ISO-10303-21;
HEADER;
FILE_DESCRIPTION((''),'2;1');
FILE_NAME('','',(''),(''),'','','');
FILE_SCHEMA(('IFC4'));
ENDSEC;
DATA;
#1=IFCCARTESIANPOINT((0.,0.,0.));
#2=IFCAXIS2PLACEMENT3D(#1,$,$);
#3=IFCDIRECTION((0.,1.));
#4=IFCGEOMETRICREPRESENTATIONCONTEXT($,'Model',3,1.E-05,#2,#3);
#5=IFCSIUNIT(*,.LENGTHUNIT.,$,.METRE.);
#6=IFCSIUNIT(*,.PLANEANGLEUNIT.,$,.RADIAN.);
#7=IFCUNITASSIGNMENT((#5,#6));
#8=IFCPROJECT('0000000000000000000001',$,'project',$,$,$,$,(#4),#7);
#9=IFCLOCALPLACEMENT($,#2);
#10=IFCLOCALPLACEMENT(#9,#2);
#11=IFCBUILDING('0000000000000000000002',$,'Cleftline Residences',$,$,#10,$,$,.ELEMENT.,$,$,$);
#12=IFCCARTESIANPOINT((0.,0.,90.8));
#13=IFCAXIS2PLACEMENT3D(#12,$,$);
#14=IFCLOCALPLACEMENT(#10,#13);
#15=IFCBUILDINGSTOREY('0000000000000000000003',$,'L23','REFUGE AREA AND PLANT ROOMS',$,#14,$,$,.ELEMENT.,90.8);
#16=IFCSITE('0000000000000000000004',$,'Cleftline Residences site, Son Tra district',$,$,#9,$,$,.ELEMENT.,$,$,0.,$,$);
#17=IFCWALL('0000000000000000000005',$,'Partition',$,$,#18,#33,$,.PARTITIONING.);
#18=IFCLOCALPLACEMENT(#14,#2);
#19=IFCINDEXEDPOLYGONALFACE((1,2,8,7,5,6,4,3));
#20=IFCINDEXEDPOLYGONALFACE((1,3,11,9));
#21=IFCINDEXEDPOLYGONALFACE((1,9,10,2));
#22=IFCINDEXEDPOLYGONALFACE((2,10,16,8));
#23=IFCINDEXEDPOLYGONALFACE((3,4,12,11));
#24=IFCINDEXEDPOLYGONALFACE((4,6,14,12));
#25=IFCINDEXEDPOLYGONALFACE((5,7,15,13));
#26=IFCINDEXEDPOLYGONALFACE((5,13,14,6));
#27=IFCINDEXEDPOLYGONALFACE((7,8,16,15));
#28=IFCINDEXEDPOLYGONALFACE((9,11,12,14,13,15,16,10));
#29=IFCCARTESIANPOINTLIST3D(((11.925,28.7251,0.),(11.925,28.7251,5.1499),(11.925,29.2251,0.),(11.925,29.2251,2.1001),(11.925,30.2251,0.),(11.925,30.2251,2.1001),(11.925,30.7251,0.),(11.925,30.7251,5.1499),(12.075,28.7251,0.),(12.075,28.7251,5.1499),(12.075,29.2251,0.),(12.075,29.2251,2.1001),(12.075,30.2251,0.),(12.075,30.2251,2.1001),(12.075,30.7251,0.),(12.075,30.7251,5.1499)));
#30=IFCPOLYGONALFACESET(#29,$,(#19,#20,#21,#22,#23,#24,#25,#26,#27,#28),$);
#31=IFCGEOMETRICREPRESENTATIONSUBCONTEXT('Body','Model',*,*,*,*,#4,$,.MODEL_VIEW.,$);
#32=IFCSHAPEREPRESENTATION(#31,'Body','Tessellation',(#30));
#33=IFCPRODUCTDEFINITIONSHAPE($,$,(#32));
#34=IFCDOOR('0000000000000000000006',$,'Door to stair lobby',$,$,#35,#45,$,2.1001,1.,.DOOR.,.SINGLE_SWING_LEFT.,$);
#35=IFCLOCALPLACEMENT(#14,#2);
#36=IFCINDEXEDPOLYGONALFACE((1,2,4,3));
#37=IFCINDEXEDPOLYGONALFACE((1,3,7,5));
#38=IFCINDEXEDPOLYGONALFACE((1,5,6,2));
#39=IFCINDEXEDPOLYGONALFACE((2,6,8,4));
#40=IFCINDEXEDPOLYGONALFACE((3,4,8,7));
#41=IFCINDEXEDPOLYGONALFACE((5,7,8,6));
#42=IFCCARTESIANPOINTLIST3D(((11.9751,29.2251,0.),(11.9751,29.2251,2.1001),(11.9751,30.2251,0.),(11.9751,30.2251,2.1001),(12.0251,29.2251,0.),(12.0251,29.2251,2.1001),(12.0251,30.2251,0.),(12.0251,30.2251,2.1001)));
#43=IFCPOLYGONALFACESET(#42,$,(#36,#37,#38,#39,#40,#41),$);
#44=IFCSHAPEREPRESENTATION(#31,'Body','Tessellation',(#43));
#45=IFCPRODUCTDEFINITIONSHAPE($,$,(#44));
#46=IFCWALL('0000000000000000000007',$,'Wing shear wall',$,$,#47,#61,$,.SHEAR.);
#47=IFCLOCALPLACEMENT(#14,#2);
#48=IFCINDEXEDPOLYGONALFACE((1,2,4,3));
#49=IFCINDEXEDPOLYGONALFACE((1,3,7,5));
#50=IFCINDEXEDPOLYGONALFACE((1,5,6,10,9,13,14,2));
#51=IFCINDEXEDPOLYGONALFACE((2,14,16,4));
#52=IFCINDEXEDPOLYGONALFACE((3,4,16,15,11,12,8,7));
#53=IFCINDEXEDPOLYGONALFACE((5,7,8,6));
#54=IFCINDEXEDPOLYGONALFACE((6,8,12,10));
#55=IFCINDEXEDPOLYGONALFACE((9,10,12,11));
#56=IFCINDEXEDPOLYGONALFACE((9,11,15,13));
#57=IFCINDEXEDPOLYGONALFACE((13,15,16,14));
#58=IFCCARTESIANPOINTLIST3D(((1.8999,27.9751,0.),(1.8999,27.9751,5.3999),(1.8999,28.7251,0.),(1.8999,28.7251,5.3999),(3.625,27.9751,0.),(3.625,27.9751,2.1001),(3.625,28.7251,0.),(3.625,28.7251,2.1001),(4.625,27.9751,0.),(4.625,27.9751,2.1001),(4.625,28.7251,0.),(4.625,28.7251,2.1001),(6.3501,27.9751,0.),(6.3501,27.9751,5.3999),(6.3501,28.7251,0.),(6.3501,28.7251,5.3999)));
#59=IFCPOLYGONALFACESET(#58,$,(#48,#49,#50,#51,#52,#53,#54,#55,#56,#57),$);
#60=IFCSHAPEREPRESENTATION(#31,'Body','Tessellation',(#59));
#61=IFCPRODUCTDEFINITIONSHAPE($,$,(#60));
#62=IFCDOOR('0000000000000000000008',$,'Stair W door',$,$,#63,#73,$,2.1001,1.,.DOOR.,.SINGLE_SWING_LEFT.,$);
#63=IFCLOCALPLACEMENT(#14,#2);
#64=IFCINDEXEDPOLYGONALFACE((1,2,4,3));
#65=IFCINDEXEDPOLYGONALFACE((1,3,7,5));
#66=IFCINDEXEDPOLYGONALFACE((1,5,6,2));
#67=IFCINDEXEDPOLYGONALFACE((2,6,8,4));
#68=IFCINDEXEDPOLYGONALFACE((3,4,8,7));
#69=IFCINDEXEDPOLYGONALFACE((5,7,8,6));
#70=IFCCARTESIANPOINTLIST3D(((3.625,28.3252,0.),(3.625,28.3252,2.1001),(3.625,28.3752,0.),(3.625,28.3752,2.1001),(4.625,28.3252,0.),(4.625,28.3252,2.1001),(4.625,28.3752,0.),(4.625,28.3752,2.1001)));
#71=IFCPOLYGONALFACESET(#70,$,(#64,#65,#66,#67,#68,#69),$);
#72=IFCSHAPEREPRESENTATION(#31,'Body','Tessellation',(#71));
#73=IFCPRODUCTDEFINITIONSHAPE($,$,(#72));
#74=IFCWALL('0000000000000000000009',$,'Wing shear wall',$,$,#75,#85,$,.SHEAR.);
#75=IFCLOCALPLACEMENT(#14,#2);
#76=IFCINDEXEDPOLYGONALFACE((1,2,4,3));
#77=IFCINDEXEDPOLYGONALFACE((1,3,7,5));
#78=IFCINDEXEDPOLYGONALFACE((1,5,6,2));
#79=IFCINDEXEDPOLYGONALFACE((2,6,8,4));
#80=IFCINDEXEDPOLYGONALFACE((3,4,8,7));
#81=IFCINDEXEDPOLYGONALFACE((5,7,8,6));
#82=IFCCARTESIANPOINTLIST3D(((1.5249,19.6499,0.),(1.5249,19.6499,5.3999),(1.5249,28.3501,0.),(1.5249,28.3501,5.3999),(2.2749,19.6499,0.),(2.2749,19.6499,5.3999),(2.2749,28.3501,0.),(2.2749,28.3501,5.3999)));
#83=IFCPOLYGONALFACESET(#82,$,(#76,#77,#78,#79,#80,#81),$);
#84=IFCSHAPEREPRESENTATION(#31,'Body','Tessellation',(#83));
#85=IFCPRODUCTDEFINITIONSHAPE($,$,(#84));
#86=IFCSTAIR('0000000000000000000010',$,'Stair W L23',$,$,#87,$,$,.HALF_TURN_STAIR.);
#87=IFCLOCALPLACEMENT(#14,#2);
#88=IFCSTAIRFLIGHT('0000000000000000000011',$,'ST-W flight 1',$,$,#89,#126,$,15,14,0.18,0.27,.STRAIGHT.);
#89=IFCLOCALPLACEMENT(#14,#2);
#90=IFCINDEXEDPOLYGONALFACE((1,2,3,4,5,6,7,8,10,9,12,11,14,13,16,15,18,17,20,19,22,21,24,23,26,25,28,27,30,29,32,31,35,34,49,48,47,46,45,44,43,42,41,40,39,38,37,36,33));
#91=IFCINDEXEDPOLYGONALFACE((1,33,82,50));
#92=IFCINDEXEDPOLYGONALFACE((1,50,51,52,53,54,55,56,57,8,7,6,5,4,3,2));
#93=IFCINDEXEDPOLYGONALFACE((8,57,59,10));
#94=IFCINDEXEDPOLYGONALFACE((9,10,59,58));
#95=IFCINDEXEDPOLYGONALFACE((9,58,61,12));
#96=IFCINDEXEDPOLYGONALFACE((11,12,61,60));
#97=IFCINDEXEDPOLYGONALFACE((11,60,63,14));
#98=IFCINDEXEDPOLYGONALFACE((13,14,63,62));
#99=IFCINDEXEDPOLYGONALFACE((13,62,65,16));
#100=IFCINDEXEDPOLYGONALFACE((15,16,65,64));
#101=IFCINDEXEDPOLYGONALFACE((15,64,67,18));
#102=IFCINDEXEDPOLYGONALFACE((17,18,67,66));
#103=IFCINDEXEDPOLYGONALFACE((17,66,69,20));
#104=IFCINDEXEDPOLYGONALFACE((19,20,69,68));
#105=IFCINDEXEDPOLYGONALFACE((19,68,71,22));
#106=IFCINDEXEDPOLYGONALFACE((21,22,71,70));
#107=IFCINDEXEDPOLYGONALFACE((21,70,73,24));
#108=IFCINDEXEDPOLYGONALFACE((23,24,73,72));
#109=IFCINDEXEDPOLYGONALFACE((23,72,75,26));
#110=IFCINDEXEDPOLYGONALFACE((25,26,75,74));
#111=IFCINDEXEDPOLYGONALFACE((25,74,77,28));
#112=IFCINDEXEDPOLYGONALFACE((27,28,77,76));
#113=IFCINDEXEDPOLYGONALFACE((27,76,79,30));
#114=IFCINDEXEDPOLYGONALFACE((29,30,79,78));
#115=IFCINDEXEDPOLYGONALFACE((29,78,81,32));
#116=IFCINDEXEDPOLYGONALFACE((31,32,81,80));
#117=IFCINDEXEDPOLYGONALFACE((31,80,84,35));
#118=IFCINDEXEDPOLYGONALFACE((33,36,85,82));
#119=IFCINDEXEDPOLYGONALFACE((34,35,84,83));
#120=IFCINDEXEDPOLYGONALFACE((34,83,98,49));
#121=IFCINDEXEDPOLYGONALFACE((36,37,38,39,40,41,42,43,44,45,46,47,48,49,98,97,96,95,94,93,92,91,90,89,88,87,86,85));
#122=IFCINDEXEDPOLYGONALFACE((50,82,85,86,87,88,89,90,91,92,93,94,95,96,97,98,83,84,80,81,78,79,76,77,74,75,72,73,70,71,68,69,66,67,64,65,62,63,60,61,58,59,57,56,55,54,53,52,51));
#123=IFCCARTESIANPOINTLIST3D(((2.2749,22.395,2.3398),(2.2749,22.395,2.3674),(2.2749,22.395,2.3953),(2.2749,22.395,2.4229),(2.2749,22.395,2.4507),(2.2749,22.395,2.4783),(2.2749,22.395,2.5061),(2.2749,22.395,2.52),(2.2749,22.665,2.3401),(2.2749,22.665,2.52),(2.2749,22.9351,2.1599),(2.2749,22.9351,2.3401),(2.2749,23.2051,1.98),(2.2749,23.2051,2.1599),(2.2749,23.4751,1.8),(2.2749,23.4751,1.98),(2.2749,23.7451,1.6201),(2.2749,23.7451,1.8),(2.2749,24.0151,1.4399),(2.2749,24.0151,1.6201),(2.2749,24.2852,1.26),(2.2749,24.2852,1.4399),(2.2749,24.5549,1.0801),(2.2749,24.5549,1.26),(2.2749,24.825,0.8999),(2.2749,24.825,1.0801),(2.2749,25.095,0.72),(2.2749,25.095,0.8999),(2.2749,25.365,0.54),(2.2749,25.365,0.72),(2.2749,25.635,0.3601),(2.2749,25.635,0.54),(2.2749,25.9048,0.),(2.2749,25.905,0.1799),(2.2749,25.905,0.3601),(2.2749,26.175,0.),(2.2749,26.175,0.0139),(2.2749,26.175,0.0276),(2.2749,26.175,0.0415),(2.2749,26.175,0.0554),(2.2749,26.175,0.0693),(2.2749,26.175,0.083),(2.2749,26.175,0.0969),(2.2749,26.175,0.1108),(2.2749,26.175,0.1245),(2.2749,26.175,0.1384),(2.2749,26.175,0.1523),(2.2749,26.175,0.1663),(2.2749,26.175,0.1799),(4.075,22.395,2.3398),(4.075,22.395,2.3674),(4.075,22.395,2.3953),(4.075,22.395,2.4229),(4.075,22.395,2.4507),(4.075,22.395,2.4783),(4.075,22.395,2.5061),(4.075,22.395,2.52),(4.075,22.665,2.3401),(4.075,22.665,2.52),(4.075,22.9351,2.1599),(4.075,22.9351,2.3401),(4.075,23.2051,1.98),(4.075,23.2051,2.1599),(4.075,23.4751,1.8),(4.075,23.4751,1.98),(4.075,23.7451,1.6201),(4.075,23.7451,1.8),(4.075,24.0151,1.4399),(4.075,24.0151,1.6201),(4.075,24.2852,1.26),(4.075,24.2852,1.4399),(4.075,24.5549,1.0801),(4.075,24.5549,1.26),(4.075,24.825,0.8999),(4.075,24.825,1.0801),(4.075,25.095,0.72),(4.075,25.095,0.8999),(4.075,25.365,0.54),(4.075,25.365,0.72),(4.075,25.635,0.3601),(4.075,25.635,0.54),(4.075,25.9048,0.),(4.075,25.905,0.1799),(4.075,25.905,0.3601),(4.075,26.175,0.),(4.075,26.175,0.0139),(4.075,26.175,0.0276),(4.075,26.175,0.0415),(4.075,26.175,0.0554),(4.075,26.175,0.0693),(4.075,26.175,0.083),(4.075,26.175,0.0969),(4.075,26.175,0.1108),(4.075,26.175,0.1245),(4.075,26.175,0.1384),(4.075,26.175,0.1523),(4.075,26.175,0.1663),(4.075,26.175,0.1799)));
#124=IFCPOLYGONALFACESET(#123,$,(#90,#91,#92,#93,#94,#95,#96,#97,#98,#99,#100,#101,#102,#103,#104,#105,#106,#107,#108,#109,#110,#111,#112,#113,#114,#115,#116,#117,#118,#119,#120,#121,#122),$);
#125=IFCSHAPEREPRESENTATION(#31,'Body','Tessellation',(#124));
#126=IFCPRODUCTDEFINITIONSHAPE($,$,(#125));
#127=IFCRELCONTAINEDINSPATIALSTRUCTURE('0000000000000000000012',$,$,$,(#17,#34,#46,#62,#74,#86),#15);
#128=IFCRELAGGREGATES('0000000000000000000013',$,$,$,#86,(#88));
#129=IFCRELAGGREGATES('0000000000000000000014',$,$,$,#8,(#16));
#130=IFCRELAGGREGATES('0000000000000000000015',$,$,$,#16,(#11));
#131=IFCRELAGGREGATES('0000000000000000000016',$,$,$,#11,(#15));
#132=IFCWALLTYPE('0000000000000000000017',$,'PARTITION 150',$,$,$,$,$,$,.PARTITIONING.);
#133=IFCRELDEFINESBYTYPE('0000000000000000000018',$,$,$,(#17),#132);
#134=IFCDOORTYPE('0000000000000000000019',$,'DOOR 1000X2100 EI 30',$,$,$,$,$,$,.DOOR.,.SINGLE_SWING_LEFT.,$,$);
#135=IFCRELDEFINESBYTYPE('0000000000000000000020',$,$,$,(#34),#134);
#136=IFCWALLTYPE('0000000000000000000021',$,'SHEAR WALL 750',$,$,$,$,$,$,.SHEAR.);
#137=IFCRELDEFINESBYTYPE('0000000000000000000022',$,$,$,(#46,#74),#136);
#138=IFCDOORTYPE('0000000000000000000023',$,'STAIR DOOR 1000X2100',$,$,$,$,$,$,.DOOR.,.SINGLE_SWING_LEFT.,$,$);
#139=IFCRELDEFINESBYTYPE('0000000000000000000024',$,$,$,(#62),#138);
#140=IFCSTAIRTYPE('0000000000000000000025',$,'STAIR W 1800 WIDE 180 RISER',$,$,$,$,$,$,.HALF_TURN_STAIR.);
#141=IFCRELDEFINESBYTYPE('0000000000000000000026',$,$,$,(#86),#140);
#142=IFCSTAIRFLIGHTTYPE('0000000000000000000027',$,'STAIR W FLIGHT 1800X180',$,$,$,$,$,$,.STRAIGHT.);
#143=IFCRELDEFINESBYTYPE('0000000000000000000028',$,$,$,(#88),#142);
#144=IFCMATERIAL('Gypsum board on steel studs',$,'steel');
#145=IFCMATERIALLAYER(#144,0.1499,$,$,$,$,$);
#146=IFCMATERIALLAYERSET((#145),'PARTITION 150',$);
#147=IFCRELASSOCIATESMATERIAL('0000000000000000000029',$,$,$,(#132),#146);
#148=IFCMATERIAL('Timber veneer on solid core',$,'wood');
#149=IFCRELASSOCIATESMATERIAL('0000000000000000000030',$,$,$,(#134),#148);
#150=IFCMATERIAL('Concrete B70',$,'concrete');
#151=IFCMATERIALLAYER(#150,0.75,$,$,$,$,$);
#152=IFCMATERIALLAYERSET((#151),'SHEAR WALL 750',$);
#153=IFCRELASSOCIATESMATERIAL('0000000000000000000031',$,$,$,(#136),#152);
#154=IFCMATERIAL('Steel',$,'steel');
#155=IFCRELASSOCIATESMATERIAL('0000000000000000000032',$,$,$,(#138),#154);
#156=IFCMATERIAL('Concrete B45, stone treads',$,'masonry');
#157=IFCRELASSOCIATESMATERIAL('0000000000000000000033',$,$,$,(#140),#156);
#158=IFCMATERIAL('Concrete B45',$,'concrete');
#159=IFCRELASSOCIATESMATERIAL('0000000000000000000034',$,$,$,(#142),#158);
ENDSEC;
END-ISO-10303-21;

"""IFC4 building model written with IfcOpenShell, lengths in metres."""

from ifc_helpers import new_model, si_unit, direction, frame, frame_2d, origin, place, context, subcontext, project, spatial, polyline, rectangle, outline, extrude, material, layer, layer_set, type_object, element, fill, aggregate, save


model = new_model("IFC4")

# Units and contexts
model_context = context("Model", 3, precision=1e-05, world=origin(), true_north=direction((0.0, 1.0)))
body_context = subcontext(model_context, "Body", "Model", "MODEL_VIEW")
ifc_project = project(units=[si_unit("LENGTHUNIT", "METRE"), si_unit("PLANEANGLEUNIT", "RADIAN")], contexts=[model_context])

# Site, building, storey
site_placement = place(None, origin())
site = spatial("IfcSite", under=ifc_project, at=site_placement, Name="Cleftline Residences site, Son Tra district", CompositionType="ELEMENT", RefElevation=0.0)
building_placement = place(site_placement, origin())
building = spatial("IfcBuilding", under=site, at=building_placement, Name="Cleftline Residences", CompositionType="ELEMENT")
storey_placement = place(building_placement, frame((0.0, 0.0, 90.8)))
storey = spatial("IfcBuildingStorey", under=building, at=storey_placement, Name="L23", Description="REFUGE AREA AND PLANT ROOMS", CompositionType="ELEMENT", Elevation=90.8)

# Walls, openings, doors
ifc_material_1 = material(Name="Gypsum board on steel studs", Category="steel")
ifc_layer_1 = layer(ifc_material_1, 0.1499)
ifc_layer_set_1 = layer_set([ifc_layer_1], Name="PARTITION 150")
wall_type_1 = type_object("IfcWallType", Name="PARTITION 150", PredefinedType="PARTITIONING", material=ifc_layer_set_1)
wall_1_placement = place(storey_placement, frame((12.0, 28.7251, 0.0), z_axis=(0.0, 0.0, 1.0), x_axis=(0.0, 1.0, 0.0)))
wall_1 = element("IfcWall", 1, at=wall_1_placement, inside=storey, type_object=wall_type_1, Name="Partition", PredefinedType="PARTITIONING", context=body_context, shape_type="SweptSolid", body=[
    extrude(rectangle(XDim=2.0, YDim=0.1499, at=frame_2d((1.0, 0.0))), origin(), (0.0, 0.0, 1.0), 5.1499),
])
opening_1_placement = place(wall_1_placement, frame((0.5, 0.0, 0.0)))
opening_1 = element("IfcOpeningElement", 2, at=opening_1_placement, cuts=wall_1, PredefinedType="OPENING", context=body_context, shape_type="SweptSolid", body=[
    extrude(rectangle(XDim=1.0, YDim=2.1001, at=frame_2d((0.5, 1.05))), frame((0.0, 0.085, 0.0), z_axis=(0.0, -1.0, 0.0), x_axis=(1.0, 0.0, 0.0)), (0.0, 0.0, 1.0), 0.1699),
])
ifc_material_2 = material(Name="Timber veneer on solid core", Category="wood")
door_type_1 = type_object("IfcDoorType", Name="DOOR 1000X2100 EI 30", OperationType="SINGLE_SWING_LEFT", PredefinedType="DOOR", material=ifc_material_2)
door_1_placement = place(opening_1_placement, origin())
door_1 = element("IfcDoor", 3, at=door_1_placement, inside=storey, type_object=door_type_1, Name="Door to stair lobby", OperationType="SINGLE_SWING_LEFT", OverallHeight=2.1001, OverallWidth=1.0, PredefinedType="DOOR", context=body_context, shape_type="SweptSolid", body=[
    extrude(rectangle(XDim=1.0, YDim=2.1001, at=frame_2d((0.5, 1.05))), frame((0.0, 0.0249, 0.0), z_axis=(0.0, -1.0, 0.0), x_axis=(1.0, 0.0, 0.0)), (0.0, 0.0, 1.0), 0.05),
])
fill(opening_1, door_1)
ifc_material_3 = material(Name="Concrete B70", Category="concrete")
ifc_layer_2 = layer(ifc_material_3, 0.75)
ifc_layer_set_2 = layer_set([ifc_layer_2], Name="SHEAR WALL 750")
wall_type_2 = type_object("IfcWallType", Name="SHEAR WALL 750", PredefinedType="SHEAR", material=ifc_layer_set_2)
wall_2_placement = place(storey_placement, frame((6.3501, 28.3501, 0.0), z_axis=(0.0, 0.0, 1.0), x_axis=(-1.0, 0.0, 0.0)))
wall_2 = element("IfcWall", 4, at=wall_2_placement, inside=storey, type_object=wall_type_2, Name="Wing shear wall", PredefinedType="SHEAR", context=body_context, shape_type="SweptSolid", body=[
    extrude(rectangle(XDim=4.4502, YDim=0.75, at=frame_2d((2.2251, 0.0))), origin(), (0.0, 0.0, 1.0), 5.3999),
])
opening_2_placement = place(wall_2_placement, frame((1.7251, 0.0, 0.0)))
opening_2 = element("IfcOpeningElement", 5, at=opening_2_placement, cuts=wall_2, PredefinedType="OPENING", context=body_context, shape_type="SweptSolid", body=[
    extrude(rectangle(XDim=1.0, YDim=2.1001, at=frame_2d((0.5, 1.05))), frame((0.0, 0.385, 0.0), z_axis=(0.0, -1.0, 0.0), x_axis=(1.0, 0.0, 0.0)), (0.0, 0.0, 1.0), 0.77),
])
ifc_material_4 = material(Name="Steel", Category="steel")
door_type_2 = type_object("IfcDoorType", Name="STAIR DOOR 1000X2100", OperationType="SINGLE_SWING_LEFT", PredefinedType="DOOR", material=ifc_material_4)
door_2_placement = place(opening_2_placement, origin())
door_2 = element("IfcDoor", 6, at=door_2_placement, inside=storey, type_object=door_type_2, Name="Stair W door", OperationType="SINGLE_SWING_LEFT", OverallHeight=2.1001, OverallWidth=1.0, PredefinedType="DOOR", context=body_context, shape_type="SweptSolid", body=[
    extrude(rectangle(XDim=1.0, YDim=2.1001, at=frame_2d((0.5, 1.05))), frame((0.0, 0.0249, 0.0), z_axis=(0.0, -1.0, 0.0), x_axis=(1.0, 0.0, 0.0)), (0.0, 0.0, 1.0), 0.05),
])
fill(opening_2, door_2)

# Wall
wall_3_placement = place(storey_placement, frame((1.8999, 28.3501, 0.0), z_axis=(0.0, 0.0, 1.0), x_axis=(0.0, -1.0, 0.0)))
element("IfcWall", 7, at=wall_3_placement, inside=storey, type_object=wall_type_2, Name="Wing shear wall", PredefinedType="SHEAR", context=body_context, shape_type="SweptSolid", body=[
    extrude(rectangle(XDim=8.7002, YDim=0.75, at=frame_2d((4.3501, 0.0))), origin(), (0.0, 0.0, 1.0), 5.3999),
])

# Stair, stair flight
ifc_material_5 = material(Name="Concrete B45, stone treads", Category="masonry")
stair_type = type_object("IfcStairType", Name="STAIR W 1800 WIDE 180 RISER", PredefinedType="HALF_TURN_STAIR", material=ifc_material_5)
stair_placement = place(storey_placement, origin())
stair = element("IfcStair", 8, at=stair_placement, inside=storey, type_object=stair_type, Name="Stair W L23", PredefinedType="HALF_TURN_STAIR")
ifc_material_6 = material(Name="Concrete B45", Category="concrete")
stair_flight_type = type_object("IfcStairFlightType", Name="STAIR W FLIGHT 1800X180", PredefinedType="STRAIGHT", material=ifc_material_6)
stair_flight_placement = place(storey_placement, frame((3.175, 26.175, 0.0), z_axis=(0.0, 0.0, 1.0), x_axis=(0.0, -1.0, 0.0)))
stair_flight = element("IfcStairFlight", 9, at=stair_flight_placement, type_object=stair_flight_type, Name="ST-W flight 1", NumberOfRisers=15, NumberOfTreads=14, PredefinedType="STRAIGHT", RiserHeight=0.18, TreadLength=0.27, context=body_context, shape_type="SweptSolid", body=[
    extrude(outline(polyline([(0.0, 0.0), (0.0, 0.0139), (0.0, 0.0276), (0.0, 0.0415), (0.0, 0.0554), (0.0, 0.0693), (0.0, 0.083), (0.0, 0.0969), (0.0, 0.1108), (0.0, 0.1245), (0.0, 0.1384), (0.0, 0.1523), (0.0, 0.1663), (0.0, 0.1799), (0.27, 0.1799), (0.27, 0.3601), (0.54, 0.3601), (0.54, 0.54), (0.8101, 0.54), (0.8101, 0.72), (1.0801, 0.72), (1.0801, 0.8999), (1.3501, 0.8999), (1.3501, 1.0801), (1.6201, 1.0801), (1.6201, 1.26), (1.8899, 1.26), (1.8899, 1.4399), (2.1599, 1.4399), (2.1599, 1.6201), (2.4299, 1.6201), (2.4299, 1.8), (2.7, 1.8), (2.7, 1.98), (2.97, 1.98), (2.97, 2.1599), (3.24, 2.1599), (3.24, 2.3401), (3.51, 2.3401), (3.51, 2.52), (3.78, 2.52), (3.78, 2.7), (3.78, 2.6724), (3.78, 2.6445), (3.78, 2.6169), (3.78, 2.5891), (3.78, 2.5615), (3.78, 2.5337), (3.78, 2.5061), (3.78, 2.4783), (3.78, 2.4507), (3.78, 2.4229), (3.78, 2.3953), (3.78, 2.3674), (3.78, 2.3398), (0.2703, 0.0), (0.0, 0.0)])), frame((0.0, 0.8999, 0.0), z_axis=(0.0, -1.0, 0.0), x_axis=(1.0, 0.0, 0.0)), (0.0, 0.0, 1.0), 1.8),
])
aggregate(stair, [stair_flight])

save(model, "model.ifc")
